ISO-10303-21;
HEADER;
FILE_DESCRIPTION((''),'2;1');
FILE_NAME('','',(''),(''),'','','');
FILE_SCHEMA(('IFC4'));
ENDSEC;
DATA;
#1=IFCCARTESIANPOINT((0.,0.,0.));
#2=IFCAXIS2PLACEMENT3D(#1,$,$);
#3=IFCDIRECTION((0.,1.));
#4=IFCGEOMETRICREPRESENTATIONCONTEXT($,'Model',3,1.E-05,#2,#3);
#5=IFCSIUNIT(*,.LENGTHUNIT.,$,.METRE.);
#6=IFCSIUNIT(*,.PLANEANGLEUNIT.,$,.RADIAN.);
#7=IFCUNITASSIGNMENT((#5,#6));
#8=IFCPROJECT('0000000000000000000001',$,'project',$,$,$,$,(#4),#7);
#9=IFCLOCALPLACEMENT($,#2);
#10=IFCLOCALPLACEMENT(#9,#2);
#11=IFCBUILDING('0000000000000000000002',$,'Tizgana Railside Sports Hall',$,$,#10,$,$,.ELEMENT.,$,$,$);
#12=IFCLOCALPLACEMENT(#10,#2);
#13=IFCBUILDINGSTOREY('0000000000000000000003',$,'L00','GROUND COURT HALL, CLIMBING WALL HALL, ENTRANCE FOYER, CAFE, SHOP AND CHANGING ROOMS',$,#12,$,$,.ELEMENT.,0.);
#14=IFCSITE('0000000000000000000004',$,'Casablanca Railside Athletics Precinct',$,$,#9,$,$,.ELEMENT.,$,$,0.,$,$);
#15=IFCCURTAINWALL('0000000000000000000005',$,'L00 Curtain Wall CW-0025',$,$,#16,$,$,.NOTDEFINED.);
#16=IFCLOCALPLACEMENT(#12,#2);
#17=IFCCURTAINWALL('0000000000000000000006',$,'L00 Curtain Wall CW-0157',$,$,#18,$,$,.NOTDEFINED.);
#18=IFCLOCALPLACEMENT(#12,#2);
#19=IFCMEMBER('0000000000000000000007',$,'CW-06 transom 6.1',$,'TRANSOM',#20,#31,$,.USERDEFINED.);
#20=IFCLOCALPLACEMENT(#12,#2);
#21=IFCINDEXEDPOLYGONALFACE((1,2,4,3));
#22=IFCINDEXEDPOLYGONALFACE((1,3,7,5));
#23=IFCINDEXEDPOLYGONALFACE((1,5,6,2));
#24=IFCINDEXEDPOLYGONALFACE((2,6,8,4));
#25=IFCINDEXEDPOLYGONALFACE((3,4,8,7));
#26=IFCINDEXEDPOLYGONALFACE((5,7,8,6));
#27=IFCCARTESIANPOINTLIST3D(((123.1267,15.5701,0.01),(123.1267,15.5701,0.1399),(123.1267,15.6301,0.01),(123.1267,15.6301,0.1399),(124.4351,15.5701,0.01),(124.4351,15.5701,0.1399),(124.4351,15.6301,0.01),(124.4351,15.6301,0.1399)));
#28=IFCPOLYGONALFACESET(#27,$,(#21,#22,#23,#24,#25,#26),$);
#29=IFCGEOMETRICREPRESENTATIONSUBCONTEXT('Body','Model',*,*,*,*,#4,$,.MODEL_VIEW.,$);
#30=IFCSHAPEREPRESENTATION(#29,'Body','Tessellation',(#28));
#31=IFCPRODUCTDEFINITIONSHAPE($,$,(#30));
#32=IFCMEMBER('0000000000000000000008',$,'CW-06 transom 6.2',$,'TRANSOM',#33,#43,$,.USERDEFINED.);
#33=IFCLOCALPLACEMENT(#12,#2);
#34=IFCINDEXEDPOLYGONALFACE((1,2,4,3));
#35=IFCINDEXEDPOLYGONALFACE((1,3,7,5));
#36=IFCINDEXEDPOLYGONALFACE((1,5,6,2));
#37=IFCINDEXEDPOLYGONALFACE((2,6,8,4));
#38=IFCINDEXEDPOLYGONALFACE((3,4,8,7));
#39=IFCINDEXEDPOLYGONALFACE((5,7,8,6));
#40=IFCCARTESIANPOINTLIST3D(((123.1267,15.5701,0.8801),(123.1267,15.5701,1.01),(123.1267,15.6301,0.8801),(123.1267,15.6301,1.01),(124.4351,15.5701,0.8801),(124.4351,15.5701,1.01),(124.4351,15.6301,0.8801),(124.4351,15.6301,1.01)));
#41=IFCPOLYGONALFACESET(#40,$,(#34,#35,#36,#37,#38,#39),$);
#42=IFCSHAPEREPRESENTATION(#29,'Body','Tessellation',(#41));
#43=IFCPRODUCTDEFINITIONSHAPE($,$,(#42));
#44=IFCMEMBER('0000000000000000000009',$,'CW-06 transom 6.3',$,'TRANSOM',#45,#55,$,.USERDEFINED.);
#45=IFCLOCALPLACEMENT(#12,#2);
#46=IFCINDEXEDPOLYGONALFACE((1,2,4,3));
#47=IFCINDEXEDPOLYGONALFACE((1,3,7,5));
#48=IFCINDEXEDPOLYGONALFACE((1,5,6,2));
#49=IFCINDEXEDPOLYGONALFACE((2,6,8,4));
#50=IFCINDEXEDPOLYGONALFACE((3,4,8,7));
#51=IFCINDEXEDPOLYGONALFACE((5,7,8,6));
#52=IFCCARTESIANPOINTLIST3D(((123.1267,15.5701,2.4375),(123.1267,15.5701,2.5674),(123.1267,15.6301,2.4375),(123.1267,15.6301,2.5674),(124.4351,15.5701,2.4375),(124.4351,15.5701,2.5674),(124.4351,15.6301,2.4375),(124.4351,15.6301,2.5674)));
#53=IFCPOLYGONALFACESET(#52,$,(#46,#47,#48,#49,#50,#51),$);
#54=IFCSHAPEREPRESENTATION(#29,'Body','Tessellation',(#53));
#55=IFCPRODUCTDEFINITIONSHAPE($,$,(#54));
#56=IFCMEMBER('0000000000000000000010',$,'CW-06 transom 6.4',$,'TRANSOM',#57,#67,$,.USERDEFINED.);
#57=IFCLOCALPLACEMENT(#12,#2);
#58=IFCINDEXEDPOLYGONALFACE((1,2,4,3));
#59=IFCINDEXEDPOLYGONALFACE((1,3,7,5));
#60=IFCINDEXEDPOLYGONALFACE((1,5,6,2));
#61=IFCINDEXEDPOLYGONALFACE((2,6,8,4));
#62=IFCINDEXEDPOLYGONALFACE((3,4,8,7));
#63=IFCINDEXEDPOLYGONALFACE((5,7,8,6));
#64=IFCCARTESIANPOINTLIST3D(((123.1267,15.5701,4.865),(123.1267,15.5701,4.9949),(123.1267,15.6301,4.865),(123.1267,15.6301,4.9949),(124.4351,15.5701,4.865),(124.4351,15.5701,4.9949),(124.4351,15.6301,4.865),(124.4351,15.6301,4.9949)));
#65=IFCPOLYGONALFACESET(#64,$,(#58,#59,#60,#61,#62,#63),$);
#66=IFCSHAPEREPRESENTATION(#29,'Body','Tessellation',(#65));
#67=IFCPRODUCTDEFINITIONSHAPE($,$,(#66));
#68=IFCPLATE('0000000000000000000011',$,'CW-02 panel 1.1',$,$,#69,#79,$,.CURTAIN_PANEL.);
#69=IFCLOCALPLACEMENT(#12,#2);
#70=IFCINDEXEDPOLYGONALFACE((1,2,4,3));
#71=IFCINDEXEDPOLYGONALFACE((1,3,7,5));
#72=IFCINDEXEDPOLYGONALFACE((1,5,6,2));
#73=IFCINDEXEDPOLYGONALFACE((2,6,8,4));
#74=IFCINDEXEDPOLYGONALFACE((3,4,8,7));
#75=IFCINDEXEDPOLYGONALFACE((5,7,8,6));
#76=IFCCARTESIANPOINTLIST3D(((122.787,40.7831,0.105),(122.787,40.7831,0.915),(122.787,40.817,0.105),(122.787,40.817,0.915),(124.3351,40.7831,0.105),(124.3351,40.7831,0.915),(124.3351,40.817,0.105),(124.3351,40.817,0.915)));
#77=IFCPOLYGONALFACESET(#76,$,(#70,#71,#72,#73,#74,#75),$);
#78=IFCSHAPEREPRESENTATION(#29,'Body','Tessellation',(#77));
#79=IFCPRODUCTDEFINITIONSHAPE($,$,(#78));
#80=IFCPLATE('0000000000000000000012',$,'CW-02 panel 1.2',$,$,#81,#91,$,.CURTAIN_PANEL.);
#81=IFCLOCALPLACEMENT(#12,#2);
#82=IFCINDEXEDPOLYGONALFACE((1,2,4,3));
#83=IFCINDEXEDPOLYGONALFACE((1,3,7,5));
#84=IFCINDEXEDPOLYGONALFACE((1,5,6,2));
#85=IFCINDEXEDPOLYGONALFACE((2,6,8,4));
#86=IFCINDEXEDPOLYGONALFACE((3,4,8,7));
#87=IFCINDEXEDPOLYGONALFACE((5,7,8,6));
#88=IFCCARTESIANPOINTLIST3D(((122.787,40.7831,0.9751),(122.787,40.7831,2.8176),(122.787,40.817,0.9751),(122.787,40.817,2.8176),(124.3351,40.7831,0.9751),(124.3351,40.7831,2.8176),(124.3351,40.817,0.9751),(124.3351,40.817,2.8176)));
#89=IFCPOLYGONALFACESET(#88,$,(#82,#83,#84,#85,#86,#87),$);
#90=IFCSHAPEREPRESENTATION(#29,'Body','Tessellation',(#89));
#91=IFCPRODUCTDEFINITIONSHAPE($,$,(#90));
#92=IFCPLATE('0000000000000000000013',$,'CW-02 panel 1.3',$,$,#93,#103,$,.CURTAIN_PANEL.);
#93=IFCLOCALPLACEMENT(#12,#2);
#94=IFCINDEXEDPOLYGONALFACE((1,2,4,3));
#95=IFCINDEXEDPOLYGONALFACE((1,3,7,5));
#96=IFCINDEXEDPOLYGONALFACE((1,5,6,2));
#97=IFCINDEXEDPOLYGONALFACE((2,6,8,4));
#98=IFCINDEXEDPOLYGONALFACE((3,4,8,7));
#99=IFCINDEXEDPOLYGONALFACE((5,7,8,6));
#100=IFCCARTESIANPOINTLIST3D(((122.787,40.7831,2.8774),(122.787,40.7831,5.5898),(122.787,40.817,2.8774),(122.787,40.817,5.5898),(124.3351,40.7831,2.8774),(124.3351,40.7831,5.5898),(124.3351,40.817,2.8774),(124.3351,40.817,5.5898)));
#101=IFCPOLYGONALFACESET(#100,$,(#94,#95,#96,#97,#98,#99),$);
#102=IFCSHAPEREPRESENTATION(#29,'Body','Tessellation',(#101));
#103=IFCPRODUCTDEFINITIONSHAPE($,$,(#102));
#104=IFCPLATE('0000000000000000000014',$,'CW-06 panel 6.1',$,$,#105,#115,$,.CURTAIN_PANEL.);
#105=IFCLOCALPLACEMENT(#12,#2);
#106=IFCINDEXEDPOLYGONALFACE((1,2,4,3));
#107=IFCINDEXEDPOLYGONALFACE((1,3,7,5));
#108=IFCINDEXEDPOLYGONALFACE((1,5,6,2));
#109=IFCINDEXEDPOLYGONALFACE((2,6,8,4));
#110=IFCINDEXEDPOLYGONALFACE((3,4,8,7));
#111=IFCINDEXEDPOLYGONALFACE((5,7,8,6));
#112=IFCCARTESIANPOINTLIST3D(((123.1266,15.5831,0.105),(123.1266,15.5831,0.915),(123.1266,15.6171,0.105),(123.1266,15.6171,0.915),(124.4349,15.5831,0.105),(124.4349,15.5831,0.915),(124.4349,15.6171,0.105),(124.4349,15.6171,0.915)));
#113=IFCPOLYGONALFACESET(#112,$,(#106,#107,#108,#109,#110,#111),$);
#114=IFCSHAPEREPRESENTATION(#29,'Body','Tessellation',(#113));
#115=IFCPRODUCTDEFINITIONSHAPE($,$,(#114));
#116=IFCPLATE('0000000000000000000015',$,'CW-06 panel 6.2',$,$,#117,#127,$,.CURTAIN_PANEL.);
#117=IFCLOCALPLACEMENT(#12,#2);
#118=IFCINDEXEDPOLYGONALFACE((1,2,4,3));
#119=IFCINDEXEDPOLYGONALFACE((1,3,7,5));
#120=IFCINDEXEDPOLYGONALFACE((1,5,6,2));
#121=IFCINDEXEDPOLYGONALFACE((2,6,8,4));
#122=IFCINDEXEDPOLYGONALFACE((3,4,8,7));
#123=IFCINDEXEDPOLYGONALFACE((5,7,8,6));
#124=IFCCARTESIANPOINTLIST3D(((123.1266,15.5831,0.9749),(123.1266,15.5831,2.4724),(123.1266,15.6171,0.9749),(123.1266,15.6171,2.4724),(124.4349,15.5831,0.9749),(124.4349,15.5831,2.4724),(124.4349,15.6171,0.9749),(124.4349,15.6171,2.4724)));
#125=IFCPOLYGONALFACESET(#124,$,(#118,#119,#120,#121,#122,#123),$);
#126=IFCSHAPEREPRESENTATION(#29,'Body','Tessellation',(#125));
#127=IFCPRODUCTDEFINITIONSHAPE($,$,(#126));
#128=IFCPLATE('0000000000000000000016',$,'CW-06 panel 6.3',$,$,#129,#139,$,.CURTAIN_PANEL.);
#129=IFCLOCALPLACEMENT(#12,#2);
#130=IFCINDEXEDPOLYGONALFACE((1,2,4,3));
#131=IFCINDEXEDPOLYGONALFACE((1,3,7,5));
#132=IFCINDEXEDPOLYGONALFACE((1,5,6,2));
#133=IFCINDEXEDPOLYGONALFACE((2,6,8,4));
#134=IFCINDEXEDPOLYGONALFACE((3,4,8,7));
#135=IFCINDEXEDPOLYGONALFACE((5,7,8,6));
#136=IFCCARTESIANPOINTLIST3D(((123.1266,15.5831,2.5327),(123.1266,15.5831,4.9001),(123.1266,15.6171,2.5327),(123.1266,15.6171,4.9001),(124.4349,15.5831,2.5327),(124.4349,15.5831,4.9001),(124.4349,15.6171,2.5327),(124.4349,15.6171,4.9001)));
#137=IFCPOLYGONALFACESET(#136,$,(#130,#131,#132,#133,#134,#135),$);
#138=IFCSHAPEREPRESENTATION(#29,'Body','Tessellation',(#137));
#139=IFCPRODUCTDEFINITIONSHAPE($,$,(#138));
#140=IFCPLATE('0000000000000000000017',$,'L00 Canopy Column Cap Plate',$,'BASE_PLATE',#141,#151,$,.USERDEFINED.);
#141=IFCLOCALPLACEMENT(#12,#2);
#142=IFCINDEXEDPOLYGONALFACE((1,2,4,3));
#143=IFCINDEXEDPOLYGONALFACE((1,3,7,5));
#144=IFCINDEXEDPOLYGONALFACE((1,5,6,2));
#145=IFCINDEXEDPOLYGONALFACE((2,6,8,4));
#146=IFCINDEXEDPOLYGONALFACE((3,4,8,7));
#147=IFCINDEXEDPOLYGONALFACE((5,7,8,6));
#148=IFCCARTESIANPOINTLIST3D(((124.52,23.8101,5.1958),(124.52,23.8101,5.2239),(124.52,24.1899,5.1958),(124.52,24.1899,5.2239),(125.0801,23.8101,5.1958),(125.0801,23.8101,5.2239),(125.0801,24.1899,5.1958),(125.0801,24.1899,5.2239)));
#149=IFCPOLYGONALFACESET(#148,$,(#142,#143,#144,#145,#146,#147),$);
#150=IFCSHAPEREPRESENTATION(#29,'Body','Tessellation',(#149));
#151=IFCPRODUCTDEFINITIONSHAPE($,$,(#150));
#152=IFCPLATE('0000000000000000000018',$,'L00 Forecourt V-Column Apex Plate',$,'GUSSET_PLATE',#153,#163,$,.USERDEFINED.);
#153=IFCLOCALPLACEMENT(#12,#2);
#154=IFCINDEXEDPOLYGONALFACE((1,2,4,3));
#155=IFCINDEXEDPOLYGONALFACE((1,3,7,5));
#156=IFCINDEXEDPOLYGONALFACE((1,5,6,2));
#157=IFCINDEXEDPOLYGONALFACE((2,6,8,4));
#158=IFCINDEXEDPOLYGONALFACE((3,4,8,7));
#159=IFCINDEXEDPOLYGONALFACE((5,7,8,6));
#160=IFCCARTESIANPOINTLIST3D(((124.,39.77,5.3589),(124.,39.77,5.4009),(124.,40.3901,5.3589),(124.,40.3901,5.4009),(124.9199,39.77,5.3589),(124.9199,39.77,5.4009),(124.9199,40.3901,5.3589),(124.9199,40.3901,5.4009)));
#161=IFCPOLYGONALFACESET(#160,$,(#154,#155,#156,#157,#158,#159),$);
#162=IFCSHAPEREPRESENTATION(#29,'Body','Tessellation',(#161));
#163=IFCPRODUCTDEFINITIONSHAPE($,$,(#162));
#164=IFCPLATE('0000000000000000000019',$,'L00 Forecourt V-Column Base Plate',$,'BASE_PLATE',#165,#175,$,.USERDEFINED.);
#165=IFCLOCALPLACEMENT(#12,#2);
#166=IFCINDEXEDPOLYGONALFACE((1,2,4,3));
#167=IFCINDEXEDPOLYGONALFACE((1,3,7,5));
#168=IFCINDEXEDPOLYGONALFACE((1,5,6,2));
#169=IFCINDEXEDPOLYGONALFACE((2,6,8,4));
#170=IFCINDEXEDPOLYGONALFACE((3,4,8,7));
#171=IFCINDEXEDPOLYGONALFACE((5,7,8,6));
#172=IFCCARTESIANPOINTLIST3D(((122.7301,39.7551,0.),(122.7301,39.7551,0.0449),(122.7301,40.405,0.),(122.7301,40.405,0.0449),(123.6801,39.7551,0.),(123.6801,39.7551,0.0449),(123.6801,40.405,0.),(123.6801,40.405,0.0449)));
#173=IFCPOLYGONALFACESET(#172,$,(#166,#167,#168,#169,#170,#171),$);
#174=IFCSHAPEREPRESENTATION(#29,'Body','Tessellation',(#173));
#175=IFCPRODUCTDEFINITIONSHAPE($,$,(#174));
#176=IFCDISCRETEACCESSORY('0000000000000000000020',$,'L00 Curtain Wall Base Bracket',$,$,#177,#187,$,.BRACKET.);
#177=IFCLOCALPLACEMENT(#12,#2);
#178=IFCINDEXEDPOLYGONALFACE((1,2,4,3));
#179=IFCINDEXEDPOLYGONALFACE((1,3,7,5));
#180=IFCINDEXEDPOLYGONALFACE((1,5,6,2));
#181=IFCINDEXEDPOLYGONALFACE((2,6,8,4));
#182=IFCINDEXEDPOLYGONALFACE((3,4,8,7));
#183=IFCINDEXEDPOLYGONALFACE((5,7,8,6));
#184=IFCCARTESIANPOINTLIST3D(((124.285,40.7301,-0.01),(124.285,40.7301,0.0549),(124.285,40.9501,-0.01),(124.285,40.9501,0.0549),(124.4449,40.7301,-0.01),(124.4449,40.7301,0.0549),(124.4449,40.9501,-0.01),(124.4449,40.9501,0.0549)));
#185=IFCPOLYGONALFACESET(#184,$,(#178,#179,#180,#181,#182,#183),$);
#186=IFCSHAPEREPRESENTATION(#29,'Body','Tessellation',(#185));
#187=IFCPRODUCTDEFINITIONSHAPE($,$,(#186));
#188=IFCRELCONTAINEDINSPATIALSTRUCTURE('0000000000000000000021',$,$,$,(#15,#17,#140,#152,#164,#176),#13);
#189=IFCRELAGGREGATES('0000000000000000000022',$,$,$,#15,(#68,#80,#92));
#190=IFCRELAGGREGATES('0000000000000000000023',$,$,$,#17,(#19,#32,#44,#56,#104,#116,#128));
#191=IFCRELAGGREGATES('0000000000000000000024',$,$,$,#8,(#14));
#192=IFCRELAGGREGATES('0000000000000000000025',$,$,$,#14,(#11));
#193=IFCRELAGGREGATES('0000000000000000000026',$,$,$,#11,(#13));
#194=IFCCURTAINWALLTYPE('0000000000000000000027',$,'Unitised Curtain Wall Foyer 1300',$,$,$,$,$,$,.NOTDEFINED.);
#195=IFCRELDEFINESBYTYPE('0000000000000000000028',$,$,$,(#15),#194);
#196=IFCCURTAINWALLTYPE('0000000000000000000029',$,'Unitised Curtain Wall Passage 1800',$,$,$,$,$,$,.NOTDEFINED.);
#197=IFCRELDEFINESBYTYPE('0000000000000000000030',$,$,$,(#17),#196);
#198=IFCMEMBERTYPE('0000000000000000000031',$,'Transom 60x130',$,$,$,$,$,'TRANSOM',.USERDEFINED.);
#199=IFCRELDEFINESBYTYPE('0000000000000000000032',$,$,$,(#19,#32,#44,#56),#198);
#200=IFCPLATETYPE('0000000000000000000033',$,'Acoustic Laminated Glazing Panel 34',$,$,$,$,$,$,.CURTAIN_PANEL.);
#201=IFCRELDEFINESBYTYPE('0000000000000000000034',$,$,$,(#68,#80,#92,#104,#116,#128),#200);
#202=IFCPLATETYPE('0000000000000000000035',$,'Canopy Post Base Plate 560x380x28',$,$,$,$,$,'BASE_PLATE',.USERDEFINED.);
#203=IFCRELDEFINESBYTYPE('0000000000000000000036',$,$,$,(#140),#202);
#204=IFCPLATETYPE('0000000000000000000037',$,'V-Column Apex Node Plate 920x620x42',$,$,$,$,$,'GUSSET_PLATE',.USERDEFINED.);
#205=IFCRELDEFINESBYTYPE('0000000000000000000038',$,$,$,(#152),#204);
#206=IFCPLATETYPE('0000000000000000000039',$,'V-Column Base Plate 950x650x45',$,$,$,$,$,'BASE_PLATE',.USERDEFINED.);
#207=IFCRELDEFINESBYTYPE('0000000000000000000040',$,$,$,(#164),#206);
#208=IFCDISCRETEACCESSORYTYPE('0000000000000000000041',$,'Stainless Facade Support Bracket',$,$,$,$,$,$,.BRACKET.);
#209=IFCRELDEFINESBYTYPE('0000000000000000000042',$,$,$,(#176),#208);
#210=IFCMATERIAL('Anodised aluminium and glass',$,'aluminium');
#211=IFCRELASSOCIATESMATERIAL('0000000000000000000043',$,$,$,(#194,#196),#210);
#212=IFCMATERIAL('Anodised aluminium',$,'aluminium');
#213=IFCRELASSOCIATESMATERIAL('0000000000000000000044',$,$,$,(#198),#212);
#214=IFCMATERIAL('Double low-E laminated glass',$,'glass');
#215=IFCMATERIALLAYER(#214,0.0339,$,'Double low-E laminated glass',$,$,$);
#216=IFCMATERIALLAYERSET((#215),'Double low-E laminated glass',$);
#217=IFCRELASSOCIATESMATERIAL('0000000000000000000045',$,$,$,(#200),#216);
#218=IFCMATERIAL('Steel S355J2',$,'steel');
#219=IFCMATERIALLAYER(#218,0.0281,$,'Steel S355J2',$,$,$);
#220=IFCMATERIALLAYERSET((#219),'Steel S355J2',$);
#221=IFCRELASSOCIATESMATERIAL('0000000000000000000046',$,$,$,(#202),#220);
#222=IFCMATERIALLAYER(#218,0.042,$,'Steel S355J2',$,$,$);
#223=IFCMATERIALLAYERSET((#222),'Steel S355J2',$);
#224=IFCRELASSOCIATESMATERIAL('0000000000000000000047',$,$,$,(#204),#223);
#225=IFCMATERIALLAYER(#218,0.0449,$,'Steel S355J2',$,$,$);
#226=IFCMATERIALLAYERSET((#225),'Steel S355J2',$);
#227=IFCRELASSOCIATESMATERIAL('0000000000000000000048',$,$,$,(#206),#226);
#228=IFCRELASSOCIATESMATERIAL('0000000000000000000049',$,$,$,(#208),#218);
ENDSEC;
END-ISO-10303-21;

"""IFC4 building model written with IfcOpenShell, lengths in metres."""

from ifc_helpers import new_model, si_unit, direction, frame, origin, origin_2d, place, context, subcontext, project, spatial, rectangle, extrude, material, layer, layer_set, material_profile, profile_set, type_object, element, aggregate, save


model = new_model("IFC4")

# Units and contexts
model_context = context("Model", 3, precision=1e-05, world=origin(), true_north=direction((0.0, 1.0)))
body_context = subcontext(model_context, "Body", "Model", "MODEL_VIEW")
ifc_project = project(units=[si_unit("LENGTHUNIT", "METRE"), si_unit("PLANEANGLEUNIT", "RADIAN")], contexts=[model_context])

# Site, building, storey
site_placement = place(None, origin())
site = spatial("IfcSite", under=ifc_project, at=site_placement, Name="Casablanca Railside Athletics Precinct", CompositionType="ELEMENT", RefElevation=0.0)
building_placement = place(site_placement, origin())
building = spatial("IfcBuilding", under=site, at=building_placement, Name="Tizgana Railside Sports Hall", CompositionType="ELEMENT")
storey_placement = place(building_placement, origin())
storey = spatial("IfcBuildingStorey", under=building, at=storey_placement, Name="L00", Description="GROUND COURT HALL, CLIMBING WALL HALL, ENTRANCE FOYER, CAFE, SHOP AND CHANGING ROOMS", CompositionType="ELEMENT", Elevation=0.0)

# Shared definitions
ifc_material_1 = material(Name="Steel S355J2", Category="steel")

# Curtain walls
ifc_material_2 = material(Name="Anodised aluminium and glass", Category="aluminium")
curtain_wall_type_1 = type_object("IfcCurtainWallType", Name="Unitised Curtain Wall Foyer 1300", PredefinedType="NOTDEFINED", material=ifc_material_2)
curtain_wall_1_placement = place(storey_placement, origin())
curtain_wall_1 = element("IfcCurtainWall", 1, at=curtain_wall_1_placement, inside=storey, type_object=curtain_wall_type_1, Name="L00 Curtain Wall CW-0025", PredefinedType="NOTDEFINED")
ifc_material_3 = material(Name="Anodised aluminium", Category="aluminium")
curtain_wall_type_2 = type_object("IfcCurtainWallType", Name="Unitised Curtain Wall Passage 1800", PredefinedType="NOTDEFINED", material=ifc_material_2)
curtain_wall_2_placement = place(storey_placement, origin())
curtain_wall_2 = element("IfcCurtainWall", 2, at=curtain_wall_2_placement, inside=storey, type_object=curtain_wall_type_2, Name="L00 Curtain Wall CW-0157", PredefinedType="NOTDEFINED")

# Members
ifc_material_profile_1 = material_profile(ifc_material_3, rectangle(XDim=0.0601, YDim=0.1299, at=origin_2d()), Name="Transom 60x130")
ifc_profile_set_1 = profile_set([ifc_material_profile_1], Name="Anodised aluminium")
member_type_1 = type_object("IfcMemberType", Name="Transom 60x130", ElementType="TRANSOM", PredefinedType="USERDEFINED", material=ifc_profile_set_1)
member_1_placement = place(storey_placement, frame((123.1267, 15.6001, 0.075), z_axis=(1.0, 0.0, 0.0), x_axis=(0.0, 1.0, 0.0)))
member_1 = element("IfcMember", 3, at=member_1_placement, type_object=member_type_1, Name="CW-06 transom 6.1", ObjectType="TRANSOM", PredefinedType="USERDEFINED", context=body_context, shape_type="SweptSolid", body=[
    extrude(rectangle(XDim=0.0601, YDim=0.1299, at=origin_2d()), origin(), (0.0, 0.0, 1.0), 1.3083),
])
member_2_placement = place(storey_placement, frame((123.1267, 15.6001, 0.9451), z_axis=(1.0, 0.0, 0.0), x_axis=(0.0, 1.0, 0.0)))
member_2 = element("IfcMember", 4, at=member_2_placement, type_object=member_type_1, Name="CW-06 transom 6.2", ObjectType="TRANSOM", PredefinedType="USERDEFINED", context=body_context, shape_type="SweptSolid", body=[
    extrude(rectangle(XDim=0.0601, YDim=0.1299, at=origin_2d()), origin(), (0.0, 0.0, 1.0), 1.3083),
])
member_3_placement = place(storey_placement, frame((123.1267, 15.6001, 2.5024), z_axis=(1.0, 0.0, 0.0), x_axis=(0.0, 1.0, 0.0)))
member_3 = element("IfcMember", 5, at=member_3_placement, type_object=member_type_1, Name="CW-06 transom 6.3", ObjectType="TRANSOM", PredefinedType="USERDEFINED", context=body_context, shape_type="SweptSolid", body=[
    extrude(rectangle(XDim=0.0601, YDim=0.1299, at=origin_2d()), origin(), (0.0, 0.0, 1.0), 1.3083),
])
member_4_placement = place(storey_placement, frame((123.1267, 15.6001, 4.9299), z_axis=(1.0, 0.0, 0.0), x_axis=(0.0, 1.0, 0.0)))
member_4 = element("IfcMember", 6, at=member_4_placement, type_object=member_type_1, Name="CW-06 transom 6.4", ObjectType="TRANSOM", PredefinedType="USERDEFINED", context=body_context, shape_type="SweptSolid", body=[
    extrude(rectangle(XDim=0.0601, YDim=0.1299, at=origin_2d()), origin(), (0.0, 0.0, 1.0), 1.3083),
])

# Plates
ifc_material_4 = material(Name="Double low-E laminated glass", Category="glass")
ifc_layer_1 = layer(ifc_material_4, 0.0339, Name="Double low-E laminated glass")
ifc_layer_set_1 = layer_set([ifc_layer_1], Name="Double low-E laminated glass")
plate_type_1 = type_object("IfcPlateType", Name="Acoustic Laminated Glazing Panel 34", PredefinedType="CURTAIN_PANEL", material=ifc_layer_set_1)
plate_1_placement = place(storey_placement, frame((123.561, 40.8, 0.105), z_axis=(0.0, 0.0, 1.0), x_axis=(-1.0, 0.0, 0.0)))
plate_1 = element("IfcPlate", 7, at=plate_1_placement, type_object=plate_type_1, Name="CW-02 panel 1.1", PredefinedType="CURTAIN_PANEL", context=body_context, shape_type="SweptSolid", body=[
    extrude(rectangle(XDim=1.5481, YDim=0.0339, at=origin_2d()), origin(), (0.0, 0.0, 1.0), 0.8101),
])
plate_2_placement = place(storey_placement, frame((123.561, 40.8, 0.9751), z_axis=(0.0, 0.0, 1.0), x_axis=(-1.0, 0.0, 0.0)))
plate_2 = element("IfcPlate", 8, at=plate_2_placement, type_object=plate_type_1, Name="CW-02 panel 1.2", PredefinedType="CURTAIN_PANEL", context=body_context, shape_type="SweptSolid", body=[
    extrude(rectangle(XDim=1.5481, YDim=0.0339, at=origin_2d()), origin(), (0.0, 0.0, 1.0), 1.8425),
])
plate_3_placement = place(storey_placement, frame((123.561, 40.8, 2.8774), z_axis=(0.0, 0.0, 1.0), x_axis=(-1.0, 0.0, 0.0)))
plate_3 = element("IfcPlate", 9, at=plate_3_placement, type_object=plate_type_1, Name="CW-02 panel 1.3", PredefinedType="CURTAIN_PANEL", context=body_context, shape_type="SweptSolid", body=[
    extrude(rectangle(XDim=1.5481, YDim=0.0339, at=origin_2d()), origin(), (0.0, 0.0, 1.0), 2.7124),
])
aggregate(curtain_wall_1, [plate_1, plate_2, plate_3])
plate_4_placement = place(storey_placement, frame((123.7808, 15.6001, 0.105), z_axis=(0.0, 0.0, 1.0), x_axis=(1.0, 0.0, 0.0)))
plate_4 = element("IfcPlate", 10, at=plate_4_placement, type_object=plate_type_1, Name="CW-06 panel 6.1", PredefinedType="CURTAIN_PANEL", context=body_context, shape_type="SweptSolid", body=[
    extrude(rectangle(XDim=1.3083, YDim=0.0339, at=origin_2d()), origin(), (0.0, 0.0, 1.0), 0.8101),
])
plate_5_placement = place(storey_placement, frame((123.7808, 15.6001, 0.9749), z_axis=(0.0, 0.0, 1.0), x_axis=(1.0, 0.0, 0.0)))
plate_5 = element("IfcPlate", 11, at=plate_5_placement, type_object=plate_type_1, Name="CW-06 panel 6.2", PredefinedType="CURTAIN_PANEL", context=body_context, shape_type="SweptSolid", body=[
    extrude(rectangle(XDim=1.3083, YDim=0.0339, at=origin_2d()), origin(), (0.0, 0.0, 1.0), 1.4976),
])
plate_6_placement = place(storey_placement, frame((123.7808, 15.6001, 2.5327), z_axis=(0.0, 0.0, 1.0), x_axis=(1.0, 0.0, 0.0)))
plate_6 = element("IfcPlate", 12, at=plate_6_placement, type_object=plate_type_1, Name="CW-06 panel 6.3", PredefinedType="CURTAIN_PANEL", context=body_context, shape_type="SweptSolid", body=[
    extrude(rectangle(XDim=1.3083, YDim=0.0339, at=origin_2d()), origin(), (0.0, 0.0, 1.0), 2.3674),
])
aggregate(curtain_wall_2, [member_1, member_2, member_3, member_4, plate_4, plate_5, plate_6])

# Plates
ifc_layer_2 = layer(ifc_material_1, 0.0281, Name="Steel S355J2")
ifc_layer_set_2 = layer_set([ifc_layer_2], Name="Steel S355J2")
plate_type_2 = type_object("IfcPlateType", Name="Canopy Post Base Plate 560x380x28", ElementType="BASE_PLATE", PredefinedType="USERDEFINED", material=ifc_layer_set_2)
plate_7_placement = place(storey_placement, frame((124.8, 24.0, 5.1958), z_axis=(0.0, 0.0, 1.0), x_axis=(1.0, 0.0, 0.0)))
element("IfcPlate", 13, at=plate_7_placement, inside=storey, type_object=plate_type_2, Name="L00 Canopy Column Cap Plate", ObjectType="BASE_PLATE", PredefinedType="USERDEFINED", context=body_context, shape_type="SweptSolid", body=[
    extrude(rectangle(XDim=0.5601, YDim=0.3799, at=origin_2d()), origin(), (0.0, 0.0, 1.0), 0.0281),
])
ifc_layer_3 = layer(ifc_material_1, 0.042, Name="Steel S355J2")
ifc_layer_set_3 = layer_set([ifc_layer_3], Name="Steel S355J2")
plate_type_3 = type_object("IfcPlateType", Name="V-Column Apex Node Plate 920x620x42", ElementType="GUSSET_PLATE", PredefinedType="USERDEFINED", material=ifc_layer_set_3)
plate_8_placement = place(storey_placement, frame((124.46, 40.0801, 5.3589), z_axis=(0.0, 0.0, 1.0), x_axis=(1.0, 0.0, 0.0)))
element("IfcPlate", 14, at=plate_8_placement, inside=storey, type_object=plate_type_3, Name="L00 Forecourt V-Column Apex Plate", ObjectType="GUSSET_PLATE", PredefinedType="USERDEFINED", context=body_context, shape_type="SweptSolid", body=[
    extrude(rectangle(XDim=0.9199, YDim=0.6201, at=origin_2d()), origin(), (0.0, 0.0, 1.0), 0.042),
])
ifc_layer_4 = layer(ifc_material_1, 0.0449, Name="Steel S355J2")
ifc_layer_set_4 = layer_set([ifc_layer_4], Name="Steel S355J2")
plate_type_4 = type_object("IfcPlateType", Name="V-Column Base Plate 950x650x45", ElementType="BASE_PLATE", PredefinedType="USERDEFINED", material=ifc_layer_set_4)
plate_9_placement = place(storey_placement, frame((123.2051, 40.0801, 0.0), z_axis=(0.0, 0.0, 1.0), x_axis=(1.0, 0.0, 0.0)))
element("IfcPlate", 15, at=plate_9_placement, inside=storey, type_object=plate_type_4, Name="L00 Forecourt V-Column Base Plate", ObjectType="BASE_PLATE", PredefinedType="USERDEFINED", context=body_context, shape_type="SweptSolid", body=[
    extrude(rectangle(XDim=0.95, YDim=0.6499, at=origin_2d()), origin(), (0.0, 0.0, 1.0), 0.0449),
])

# Discrete accessory
discrete_accessory_type = type_object("IfcDiscreteAccessoryType", Name="Stainless Facade Support Bracket", PredefinedType="BRACKET", material=ifc_material_1)
discrete_accessory_placement = place(storey_placement, frame((124.365, 40.8401, -0.01), z_axis=(0.0, 0.0, 1.0), x_axis=(-1.0, 0.0, 0.0)))
element("IfcDiscreteAccessory", 16, at=discrete_accessory_placement, inside=storey, type_object=discrete_accessory_type, Name="L00 Curtain Wall Base Bracket", PredefinedType="BRACKET", context=body_context, shape_type="SweptSolid", body=[
    extrude(rectangle(XDim=0.1599, YDim=0.22, at=origin_2d()), origin(), (0.0, 0.0, 1.0), 0.0649),
])

save(model, "model.ifc")
